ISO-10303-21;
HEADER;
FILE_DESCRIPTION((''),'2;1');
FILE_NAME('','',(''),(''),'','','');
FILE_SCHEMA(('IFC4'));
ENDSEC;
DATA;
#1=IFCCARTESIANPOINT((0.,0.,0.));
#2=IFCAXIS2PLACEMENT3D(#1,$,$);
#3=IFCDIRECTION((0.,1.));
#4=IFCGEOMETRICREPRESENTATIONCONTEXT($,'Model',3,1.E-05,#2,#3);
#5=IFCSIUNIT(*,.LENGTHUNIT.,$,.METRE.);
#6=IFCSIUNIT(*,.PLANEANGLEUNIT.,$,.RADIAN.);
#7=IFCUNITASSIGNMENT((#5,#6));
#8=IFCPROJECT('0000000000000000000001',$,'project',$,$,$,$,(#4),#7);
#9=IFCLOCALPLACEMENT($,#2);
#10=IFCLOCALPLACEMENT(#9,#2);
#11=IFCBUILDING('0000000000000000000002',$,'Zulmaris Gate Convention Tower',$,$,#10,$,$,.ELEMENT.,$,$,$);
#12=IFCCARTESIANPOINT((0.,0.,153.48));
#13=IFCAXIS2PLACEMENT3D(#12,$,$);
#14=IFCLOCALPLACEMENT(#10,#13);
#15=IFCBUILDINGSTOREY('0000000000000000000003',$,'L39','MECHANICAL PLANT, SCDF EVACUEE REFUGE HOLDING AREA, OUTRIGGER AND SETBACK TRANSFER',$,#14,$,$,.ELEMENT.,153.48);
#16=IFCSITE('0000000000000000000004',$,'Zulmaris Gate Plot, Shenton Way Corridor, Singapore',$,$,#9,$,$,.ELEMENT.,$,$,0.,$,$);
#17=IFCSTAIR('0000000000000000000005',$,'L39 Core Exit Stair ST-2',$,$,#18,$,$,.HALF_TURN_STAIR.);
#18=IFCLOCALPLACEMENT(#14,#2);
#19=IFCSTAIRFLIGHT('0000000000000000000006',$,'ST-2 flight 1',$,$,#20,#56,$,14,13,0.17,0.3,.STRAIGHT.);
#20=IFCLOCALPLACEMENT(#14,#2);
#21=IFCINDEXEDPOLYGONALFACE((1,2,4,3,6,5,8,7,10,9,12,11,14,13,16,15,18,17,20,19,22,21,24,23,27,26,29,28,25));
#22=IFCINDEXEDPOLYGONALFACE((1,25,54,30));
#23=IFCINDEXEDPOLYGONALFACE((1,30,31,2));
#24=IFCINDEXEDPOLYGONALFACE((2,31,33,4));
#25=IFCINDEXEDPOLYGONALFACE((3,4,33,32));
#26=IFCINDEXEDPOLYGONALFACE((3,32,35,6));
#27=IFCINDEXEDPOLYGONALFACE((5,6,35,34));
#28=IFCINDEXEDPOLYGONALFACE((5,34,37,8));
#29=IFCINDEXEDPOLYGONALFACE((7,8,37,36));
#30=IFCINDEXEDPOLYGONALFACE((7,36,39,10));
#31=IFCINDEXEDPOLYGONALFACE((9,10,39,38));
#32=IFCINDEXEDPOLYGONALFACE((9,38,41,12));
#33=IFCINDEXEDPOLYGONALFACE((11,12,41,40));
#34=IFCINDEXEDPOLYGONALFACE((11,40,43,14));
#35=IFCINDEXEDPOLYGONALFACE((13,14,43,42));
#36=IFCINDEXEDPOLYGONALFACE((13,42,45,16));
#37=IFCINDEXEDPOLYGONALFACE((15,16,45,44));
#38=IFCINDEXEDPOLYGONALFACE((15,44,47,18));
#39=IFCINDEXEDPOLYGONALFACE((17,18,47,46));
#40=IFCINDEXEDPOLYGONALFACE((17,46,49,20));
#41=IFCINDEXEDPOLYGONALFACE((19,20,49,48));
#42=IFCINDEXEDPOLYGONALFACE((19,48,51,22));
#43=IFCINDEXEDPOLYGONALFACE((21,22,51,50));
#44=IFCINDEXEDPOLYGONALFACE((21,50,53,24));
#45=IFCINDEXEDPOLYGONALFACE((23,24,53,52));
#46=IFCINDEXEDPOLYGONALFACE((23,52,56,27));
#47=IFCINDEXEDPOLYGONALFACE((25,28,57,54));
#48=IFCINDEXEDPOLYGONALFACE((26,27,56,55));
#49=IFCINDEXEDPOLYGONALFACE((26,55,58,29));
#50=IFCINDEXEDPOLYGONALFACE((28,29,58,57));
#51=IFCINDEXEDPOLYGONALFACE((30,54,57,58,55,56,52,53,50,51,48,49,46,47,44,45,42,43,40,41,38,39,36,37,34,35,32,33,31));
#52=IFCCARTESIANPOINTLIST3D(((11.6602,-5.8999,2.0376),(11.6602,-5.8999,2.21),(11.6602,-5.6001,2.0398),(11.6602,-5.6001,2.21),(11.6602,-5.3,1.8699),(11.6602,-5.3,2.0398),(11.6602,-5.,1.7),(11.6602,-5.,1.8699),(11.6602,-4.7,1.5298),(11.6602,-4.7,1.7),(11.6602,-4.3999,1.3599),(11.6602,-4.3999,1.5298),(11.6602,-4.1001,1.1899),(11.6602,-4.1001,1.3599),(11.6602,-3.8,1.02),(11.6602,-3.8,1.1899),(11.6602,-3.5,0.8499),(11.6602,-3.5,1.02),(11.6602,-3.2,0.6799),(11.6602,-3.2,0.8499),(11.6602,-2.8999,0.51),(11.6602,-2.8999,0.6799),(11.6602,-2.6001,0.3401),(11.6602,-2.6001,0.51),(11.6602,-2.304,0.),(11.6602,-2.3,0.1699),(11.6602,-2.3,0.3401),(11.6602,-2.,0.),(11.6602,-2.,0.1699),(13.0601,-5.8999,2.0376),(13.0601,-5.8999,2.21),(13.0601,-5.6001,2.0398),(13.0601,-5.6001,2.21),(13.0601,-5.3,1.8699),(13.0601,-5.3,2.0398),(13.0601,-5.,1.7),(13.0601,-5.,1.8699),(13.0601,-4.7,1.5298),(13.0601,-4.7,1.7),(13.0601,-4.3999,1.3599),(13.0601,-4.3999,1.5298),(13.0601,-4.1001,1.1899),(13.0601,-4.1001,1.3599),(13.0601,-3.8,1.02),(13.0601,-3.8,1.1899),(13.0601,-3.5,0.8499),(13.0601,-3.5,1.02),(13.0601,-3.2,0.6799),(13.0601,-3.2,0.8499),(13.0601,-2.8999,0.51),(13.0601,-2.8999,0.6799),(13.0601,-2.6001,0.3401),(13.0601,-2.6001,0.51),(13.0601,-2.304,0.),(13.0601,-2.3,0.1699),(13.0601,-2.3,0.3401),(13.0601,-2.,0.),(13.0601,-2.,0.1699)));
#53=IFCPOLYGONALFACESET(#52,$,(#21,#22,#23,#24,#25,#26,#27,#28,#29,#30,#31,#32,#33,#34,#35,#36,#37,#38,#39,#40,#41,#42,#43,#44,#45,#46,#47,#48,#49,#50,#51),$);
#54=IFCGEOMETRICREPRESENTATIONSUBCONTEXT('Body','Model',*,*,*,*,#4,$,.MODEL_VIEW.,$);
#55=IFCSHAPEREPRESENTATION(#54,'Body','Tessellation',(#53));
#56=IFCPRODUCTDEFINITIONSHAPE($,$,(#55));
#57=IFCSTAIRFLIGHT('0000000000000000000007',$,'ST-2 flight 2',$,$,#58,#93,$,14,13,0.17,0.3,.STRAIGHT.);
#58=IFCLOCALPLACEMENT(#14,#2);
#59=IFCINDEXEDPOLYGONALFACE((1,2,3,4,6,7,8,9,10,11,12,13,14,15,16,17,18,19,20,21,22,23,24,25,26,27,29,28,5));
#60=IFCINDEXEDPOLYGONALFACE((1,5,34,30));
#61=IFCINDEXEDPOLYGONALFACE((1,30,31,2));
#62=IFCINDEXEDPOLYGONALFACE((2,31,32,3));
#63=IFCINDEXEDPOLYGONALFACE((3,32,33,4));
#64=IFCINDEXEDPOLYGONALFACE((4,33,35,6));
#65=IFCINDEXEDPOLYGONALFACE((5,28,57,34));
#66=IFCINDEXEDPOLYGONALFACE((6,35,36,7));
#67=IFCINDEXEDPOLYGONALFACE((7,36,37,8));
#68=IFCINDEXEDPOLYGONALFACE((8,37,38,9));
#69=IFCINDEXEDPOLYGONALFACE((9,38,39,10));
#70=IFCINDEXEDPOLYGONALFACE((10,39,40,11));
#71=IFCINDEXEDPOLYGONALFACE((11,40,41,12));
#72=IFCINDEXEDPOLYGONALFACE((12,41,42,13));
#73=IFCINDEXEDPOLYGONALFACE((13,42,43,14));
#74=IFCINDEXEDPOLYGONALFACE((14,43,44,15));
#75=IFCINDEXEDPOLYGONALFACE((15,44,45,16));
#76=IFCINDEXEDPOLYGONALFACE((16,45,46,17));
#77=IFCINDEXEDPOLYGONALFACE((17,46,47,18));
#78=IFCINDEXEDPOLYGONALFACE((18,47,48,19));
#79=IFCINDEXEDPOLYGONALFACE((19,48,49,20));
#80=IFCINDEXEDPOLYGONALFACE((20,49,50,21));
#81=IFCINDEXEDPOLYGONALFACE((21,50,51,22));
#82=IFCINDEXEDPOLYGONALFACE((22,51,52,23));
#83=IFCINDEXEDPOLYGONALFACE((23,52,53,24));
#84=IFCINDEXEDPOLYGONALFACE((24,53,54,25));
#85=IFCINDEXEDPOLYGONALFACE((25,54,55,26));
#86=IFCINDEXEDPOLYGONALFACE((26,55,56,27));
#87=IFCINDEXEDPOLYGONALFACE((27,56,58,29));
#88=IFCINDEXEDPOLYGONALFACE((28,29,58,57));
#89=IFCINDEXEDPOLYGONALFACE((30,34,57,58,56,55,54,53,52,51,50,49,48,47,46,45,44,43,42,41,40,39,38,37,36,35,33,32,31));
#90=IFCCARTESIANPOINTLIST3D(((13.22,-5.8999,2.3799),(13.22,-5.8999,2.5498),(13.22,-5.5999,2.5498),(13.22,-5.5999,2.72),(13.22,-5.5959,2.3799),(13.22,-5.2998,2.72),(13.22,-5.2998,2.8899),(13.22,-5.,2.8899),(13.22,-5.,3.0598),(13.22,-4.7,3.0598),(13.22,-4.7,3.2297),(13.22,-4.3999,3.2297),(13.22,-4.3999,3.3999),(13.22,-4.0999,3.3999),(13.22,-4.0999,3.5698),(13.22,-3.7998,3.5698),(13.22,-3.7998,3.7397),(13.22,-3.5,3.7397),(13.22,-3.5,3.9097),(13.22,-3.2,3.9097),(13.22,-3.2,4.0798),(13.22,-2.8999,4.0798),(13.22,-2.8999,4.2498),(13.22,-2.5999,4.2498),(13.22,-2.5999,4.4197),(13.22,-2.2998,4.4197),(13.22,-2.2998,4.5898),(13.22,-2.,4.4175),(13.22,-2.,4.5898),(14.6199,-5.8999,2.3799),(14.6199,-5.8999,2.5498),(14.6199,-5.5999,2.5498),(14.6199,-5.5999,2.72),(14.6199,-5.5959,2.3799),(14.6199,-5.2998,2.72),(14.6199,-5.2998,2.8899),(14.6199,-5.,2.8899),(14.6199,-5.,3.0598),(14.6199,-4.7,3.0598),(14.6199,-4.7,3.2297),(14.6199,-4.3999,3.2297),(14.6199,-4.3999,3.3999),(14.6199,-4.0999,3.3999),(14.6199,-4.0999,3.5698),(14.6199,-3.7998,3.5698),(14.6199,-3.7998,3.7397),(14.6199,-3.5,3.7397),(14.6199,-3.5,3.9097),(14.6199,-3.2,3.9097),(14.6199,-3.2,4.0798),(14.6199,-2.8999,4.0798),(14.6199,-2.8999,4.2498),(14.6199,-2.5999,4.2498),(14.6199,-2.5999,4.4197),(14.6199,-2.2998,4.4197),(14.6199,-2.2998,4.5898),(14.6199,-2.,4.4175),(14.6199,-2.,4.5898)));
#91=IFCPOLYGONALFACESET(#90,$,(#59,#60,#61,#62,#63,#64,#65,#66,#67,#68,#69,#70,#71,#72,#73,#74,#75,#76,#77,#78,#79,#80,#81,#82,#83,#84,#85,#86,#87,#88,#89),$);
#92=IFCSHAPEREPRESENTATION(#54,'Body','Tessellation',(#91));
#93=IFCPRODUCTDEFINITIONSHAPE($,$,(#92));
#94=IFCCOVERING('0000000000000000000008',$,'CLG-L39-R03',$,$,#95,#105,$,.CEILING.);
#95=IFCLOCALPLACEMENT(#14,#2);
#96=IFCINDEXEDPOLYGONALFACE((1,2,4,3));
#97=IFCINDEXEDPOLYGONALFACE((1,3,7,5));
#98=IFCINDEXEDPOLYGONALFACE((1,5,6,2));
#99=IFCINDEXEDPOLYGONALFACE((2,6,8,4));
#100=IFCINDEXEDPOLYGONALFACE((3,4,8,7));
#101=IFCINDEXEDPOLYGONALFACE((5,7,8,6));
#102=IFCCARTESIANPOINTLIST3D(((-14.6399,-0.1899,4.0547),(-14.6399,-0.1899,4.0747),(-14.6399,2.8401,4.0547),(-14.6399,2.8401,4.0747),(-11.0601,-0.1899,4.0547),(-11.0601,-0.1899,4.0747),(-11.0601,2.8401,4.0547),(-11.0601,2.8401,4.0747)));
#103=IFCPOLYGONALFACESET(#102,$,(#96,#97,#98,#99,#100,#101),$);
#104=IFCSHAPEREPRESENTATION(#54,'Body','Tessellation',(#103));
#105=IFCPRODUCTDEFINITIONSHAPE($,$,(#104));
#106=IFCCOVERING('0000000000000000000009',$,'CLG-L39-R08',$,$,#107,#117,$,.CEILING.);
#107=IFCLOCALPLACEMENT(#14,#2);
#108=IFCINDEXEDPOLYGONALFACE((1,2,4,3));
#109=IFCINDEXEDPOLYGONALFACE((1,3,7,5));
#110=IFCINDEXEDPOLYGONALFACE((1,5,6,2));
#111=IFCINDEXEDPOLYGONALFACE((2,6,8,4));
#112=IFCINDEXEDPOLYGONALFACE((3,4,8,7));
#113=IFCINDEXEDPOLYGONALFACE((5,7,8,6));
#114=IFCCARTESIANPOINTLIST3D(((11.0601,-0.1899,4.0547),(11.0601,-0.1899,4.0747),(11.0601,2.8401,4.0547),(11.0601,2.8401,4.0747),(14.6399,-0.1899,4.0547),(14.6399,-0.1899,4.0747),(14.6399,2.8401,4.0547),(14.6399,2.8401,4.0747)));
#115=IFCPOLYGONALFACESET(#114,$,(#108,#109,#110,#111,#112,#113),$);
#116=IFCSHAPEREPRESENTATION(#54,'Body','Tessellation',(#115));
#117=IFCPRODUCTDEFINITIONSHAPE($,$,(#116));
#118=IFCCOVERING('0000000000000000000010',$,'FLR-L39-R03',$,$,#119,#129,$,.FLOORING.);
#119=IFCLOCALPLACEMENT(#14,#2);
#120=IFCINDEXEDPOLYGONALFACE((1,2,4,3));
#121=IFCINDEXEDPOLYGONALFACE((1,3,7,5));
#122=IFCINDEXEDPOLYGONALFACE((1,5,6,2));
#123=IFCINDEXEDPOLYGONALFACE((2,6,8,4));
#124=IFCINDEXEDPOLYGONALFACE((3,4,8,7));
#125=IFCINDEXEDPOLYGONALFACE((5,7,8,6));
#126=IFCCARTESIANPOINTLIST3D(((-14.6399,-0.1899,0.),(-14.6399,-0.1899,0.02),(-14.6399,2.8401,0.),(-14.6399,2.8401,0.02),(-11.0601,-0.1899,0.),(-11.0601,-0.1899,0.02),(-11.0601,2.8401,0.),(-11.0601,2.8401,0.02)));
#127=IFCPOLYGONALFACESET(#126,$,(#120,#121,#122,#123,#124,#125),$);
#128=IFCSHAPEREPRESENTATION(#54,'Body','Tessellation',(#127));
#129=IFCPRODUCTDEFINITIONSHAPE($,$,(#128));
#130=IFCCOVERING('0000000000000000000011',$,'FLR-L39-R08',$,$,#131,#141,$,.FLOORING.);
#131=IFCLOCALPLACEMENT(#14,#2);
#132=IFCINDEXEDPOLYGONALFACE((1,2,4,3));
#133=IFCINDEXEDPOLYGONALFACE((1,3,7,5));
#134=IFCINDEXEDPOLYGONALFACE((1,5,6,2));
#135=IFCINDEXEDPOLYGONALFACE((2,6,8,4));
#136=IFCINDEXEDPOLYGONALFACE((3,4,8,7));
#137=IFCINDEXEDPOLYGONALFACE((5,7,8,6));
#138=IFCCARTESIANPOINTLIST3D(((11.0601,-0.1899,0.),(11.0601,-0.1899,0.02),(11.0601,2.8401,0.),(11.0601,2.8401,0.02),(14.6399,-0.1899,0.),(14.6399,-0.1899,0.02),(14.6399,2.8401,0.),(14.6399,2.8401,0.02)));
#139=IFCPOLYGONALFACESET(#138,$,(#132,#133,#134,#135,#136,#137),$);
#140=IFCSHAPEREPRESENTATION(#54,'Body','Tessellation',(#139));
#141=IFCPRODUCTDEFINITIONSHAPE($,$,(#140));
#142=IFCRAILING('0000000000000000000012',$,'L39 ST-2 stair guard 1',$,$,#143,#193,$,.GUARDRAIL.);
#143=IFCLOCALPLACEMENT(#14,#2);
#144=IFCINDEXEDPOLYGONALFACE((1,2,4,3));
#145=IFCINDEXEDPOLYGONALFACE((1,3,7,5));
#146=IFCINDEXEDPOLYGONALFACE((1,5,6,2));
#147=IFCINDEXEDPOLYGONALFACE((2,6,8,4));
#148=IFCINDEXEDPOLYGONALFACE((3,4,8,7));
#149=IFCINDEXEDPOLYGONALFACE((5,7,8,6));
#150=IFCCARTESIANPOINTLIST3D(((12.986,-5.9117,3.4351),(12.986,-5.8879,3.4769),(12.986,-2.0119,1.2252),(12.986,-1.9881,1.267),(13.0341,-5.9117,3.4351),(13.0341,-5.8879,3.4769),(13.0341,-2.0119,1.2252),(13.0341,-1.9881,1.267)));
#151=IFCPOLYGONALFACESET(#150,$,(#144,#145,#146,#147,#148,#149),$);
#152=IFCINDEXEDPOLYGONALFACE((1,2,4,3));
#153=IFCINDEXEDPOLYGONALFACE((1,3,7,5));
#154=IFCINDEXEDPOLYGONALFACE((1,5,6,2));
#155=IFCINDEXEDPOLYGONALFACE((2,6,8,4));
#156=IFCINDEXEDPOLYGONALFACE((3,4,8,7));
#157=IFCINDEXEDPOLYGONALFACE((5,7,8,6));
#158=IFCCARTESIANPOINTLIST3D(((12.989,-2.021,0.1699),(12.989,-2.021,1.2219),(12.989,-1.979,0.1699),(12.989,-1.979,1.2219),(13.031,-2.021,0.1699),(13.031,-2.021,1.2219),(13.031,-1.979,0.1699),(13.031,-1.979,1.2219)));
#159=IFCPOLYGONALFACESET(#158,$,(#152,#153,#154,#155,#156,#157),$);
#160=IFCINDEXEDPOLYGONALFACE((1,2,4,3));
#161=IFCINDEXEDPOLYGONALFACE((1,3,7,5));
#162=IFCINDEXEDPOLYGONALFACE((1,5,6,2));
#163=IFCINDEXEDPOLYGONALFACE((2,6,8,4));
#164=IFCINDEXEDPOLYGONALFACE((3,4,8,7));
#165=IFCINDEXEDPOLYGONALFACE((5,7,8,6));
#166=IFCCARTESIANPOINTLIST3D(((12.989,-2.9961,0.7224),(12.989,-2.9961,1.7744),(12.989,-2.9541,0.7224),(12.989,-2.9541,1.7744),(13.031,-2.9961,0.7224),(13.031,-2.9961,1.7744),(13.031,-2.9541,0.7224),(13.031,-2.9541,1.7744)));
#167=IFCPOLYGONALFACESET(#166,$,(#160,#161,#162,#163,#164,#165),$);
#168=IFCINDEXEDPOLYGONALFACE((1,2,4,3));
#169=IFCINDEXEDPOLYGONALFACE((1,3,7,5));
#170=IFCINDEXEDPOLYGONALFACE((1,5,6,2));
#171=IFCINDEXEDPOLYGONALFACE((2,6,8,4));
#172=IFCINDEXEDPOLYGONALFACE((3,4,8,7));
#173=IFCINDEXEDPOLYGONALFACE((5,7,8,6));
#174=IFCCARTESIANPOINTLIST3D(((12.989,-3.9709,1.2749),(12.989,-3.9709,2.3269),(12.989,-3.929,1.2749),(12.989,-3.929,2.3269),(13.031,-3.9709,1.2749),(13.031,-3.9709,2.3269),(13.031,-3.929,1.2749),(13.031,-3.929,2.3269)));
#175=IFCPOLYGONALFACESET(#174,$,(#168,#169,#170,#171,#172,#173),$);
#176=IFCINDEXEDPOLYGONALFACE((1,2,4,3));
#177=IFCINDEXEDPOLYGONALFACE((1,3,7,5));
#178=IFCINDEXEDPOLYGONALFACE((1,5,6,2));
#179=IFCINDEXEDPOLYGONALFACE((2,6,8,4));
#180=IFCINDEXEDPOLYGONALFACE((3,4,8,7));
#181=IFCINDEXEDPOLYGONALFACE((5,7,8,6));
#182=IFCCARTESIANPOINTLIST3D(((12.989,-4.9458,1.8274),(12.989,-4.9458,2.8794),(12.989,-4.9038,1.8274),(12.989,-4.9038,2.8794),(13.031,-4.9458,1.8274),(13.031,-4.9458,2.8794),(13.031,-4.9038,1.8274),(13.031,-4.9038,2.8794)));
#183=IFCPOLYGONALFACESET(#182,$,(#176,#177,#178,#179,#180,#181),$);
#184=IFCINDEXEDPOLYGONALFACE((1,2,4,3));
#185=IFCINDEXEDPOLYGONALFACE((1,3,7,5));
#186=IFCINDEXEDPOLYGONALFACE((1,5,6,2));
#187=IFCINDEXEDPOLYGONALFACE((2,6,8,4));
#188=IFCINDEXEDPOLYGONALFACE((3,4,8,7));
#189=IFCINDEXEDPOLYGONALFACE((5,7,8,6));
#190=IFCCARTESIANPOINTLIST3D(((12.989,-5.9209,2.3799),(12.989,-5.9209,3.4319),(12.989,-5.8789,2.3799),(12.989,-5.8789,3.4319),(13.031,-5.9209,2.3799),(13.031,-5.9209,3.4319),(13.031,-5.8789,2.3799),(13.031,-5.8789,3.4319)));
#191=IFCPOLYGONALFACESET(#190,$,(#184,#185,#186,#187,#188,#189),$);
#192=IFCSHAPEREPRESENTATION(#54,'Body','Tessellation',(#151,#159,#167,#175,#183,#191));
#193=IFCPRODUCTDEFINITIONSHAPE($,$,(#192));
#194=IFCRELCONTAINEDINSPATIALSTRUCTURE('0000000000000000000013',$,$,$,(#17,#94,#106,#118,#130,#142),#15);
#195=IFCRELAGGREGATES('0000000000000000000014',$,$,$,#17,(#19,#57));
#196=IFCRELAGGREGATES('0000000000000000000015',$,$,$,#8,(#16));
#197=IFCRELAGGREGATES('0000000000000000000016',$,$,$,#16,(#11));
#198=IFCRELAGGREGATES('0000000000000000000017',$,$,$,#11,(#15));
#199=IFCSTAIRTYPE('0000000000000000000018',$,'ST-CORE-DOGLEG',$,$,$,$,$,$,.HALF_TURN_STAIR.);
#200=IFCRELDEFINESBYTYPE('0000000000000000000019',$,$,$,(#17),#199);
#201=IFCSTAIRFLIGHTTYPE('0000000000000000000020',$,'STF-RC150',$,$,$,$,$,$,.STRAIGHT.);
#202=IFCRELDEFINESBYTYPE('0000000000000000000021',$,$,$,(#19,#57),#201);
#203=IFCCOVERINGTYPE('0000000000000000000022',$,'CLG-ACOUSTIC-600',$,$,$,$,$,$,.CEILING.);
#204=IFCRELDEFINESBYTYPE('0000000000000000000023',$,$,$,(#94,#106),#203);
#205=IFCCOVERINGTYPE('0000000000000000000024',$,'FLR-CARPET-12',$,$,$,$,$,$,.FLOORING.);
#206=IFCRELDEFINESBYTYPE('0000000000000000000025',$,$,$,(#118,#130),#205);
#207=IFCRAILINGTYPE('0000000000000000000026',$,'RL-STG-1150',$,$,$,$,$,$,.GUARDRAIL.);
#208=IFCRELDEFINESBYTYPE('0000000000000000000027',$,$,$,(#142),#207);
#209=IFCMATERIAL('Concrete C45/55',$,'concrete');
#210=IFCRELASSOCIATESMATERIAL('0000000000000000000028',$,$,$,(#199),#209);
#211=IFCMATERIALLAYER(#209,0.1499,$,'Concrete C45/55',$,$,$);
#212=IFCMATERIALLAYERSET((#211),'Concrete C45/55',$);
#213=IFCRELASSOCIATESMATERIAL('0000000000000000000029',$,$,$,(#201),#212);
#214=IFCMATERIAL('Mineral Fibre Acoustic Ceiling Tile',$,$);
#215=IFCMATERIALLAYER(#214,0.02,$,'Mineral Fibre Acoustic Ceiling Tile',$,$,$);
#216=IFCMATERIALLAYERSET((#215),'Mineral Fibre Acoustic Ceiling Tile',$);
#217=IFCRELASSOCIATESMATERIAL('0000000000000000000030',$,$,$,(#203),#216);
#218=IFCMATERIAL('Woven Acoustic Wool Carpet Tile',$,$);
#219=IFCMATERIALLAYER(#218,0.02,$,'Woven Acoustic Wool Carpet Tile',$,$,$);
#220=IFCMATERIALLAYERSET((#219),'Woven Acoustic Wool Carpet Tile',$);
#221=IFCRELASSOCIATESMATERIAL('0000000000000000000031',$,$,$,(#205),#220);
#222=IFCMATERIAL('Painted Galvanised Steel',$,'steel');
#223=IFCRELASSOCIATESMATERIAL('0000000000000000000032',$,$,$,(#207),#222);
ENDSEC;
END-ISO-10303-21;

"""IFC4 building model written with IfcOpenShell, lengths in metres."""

from ifc_helpers import new_model, si_unit, direction, frame, origin, origin_2d, place, context, subcontext, project, spatial, polyline, rectangle, outline, extrude, material, layer, layer_set, type_object, element, aggregate, save


model = new_model("IFC4")

# Units and contexts
model_context = context("Model", 3, precision=1e-05, world=origin(), true_north=direction((0.0, 1.0)))
body_context = subcontext(model_context, "Body", "Model", "MODEL_VIEW")
ifc_project = project(units=[si_unit("LENGTHUNIT", "METRE"), si_unit("PLANEANGLEUNIT", "RADIAN")], contexts=[model_context])

# Site, building, storey
site_placement = place(None, origin())
site = spatial("IfcSite", under=ifc_project, at=site_placement, Name="Zulmaris Gate Plot, Shenton Way Corridor, Singapore", CompositionType="ELEMENT", RefElevation=0.0)
building_placement = place(site_placement, origin())
building = spatial("IfcBuilding", under=site, at=building_placement, Name="Zulmaris Gate Convention Tower", CompositionType="ELEMENT")
storey_placement = place(building_placement, frame((0.0, 0.0, 153.48)))
storey = spatial("IfcBuildingStorey", under=building, at=storey_placement, Name="L39", Description="MECHANICAL PLANT, SCDF EVACUEE REFUGE HOLDING AREA, OUTRIGGER AND SETBACK TRANSFER", CompositionType="ELEMENT", Elevation=153.48)

# Stair
ifc_material_1 = material(Name="Concrete C45/55", Category="concrete")
stair_type = type_object("IfcStairType", Name="ST-CORE-DOGLEG", PredefinedType="HALF_TURN_STAIR", material=ifc_material_1)
stair_1_placement = place(storey_placement, origin())
stair_1 = element("IfcStair", 1, at=stair_1_placement, inside=storey, type_object=stair_type, Name="L39 Core Exit Stair ST-2", PredefinedType="HALF_TURN_STAIR")

# Stair flights
ifc_layer_1 = layer(ifc_material_1, 0.1499, Name="Concrete C45/55")
ifc_layer_set_1 = layer_set([ifc_layer_1], Name="Concrete C45/55")
stair_flight_type = type_object("IfcStairFlightType", Name="STF-RC150", PredefinedType="STRAIGHT", material=ifc_layer_set_1)
stair_flight_1_placement = place(storey_placement, frame((12.3601, -2.0, 0.0), z_axis=(0.0, 0.0, 1.0), x_axis=(0.0, -1.0, 0.0)))
stair_flight_1 = element("IfcStairFlight", 2, at=stair_flight_1_placement, type_object=stair_flight_type, Name="ST-2 flight 1", NumberOfRisers=14, NumberOfTreads=13, PredefinedType="STRAIGHT", RiserHeight=0.17, TreadLength=0.3, context=body_context, shape_type="SweptSolid", body=[
    extrude(outline(polyline([(0.0, 0.0), (0.0, 0.1699), (0.3, 0.1699), (0.3, 0.3401), (0.6001, 0.3401), (0.6001, 0.51), (0.8999, 0.51), (0.8999, 0.6799), (1.2, 0.6799), (1.2, 0.8499), (1.5, 0.8499), (1.5, 1.02), (1.8, 1.02), (1.8, 1.1899), (2.1001, 1.1899), (2.1001, 1.3599), (2.3999, 1.3599), (2.3999, 1.5298), (2.7, 1.5298), (2.7, 1.7), (3.0, 1.7), (3.0, 1.8699), (3.3, 1.8699), (3.3, 2.0398), (3.6001, 2.0398), (3.6001, 2.21), (3.8999, 2.21), (3.8999, 2.3799), (3.8999, 2.0376), (0.304, 0.0), (0.0, 0.0)])), frame((0.0, 0.7, 0.0), z_axis=(0.0, -1.0, 0.0), x_axis=(1.0, 0.0, 0.0)), (0.0, 0.0, 1.0), 1.3999),
])
stair_flight_2_placement = place(storey_placement, frame((13.9199, -5.8999, 2.3799), z_axis=(0.0, 0.0, 1.0), x_axis=(0.0, 1.0, 0.0)))
stair_flight_2 = element("IfcStairFlight", 3, at=stair_flight_2_placement, type_object=stair_flight_type, Name="ST-2 flight 2", NumberOfRisers=14, NumberOfTreads=13, PredefinedType="STRAIGHT", RiserHeight=0.17, TreadLength=0.3, context=body_context, shape_type="SweptSolid", body=[
    extrude(outline(polyline([(0.0, 0.0), (0.0, 0.1699), (0.3, 0.1699), (0.3, 0.3401), (0.6001, 0.3401), (0.6001, 0.51), (0.8999, 0.51), (0.8999, 0.6799), (1.2, 0.6799), (1.2, 0.8499), (1.5, 0.8499), (1.5, 1.02), (1.8, 1.02), (1.8, 1.1899), (2.1001, 1.1899), (2.1001, 1.3599), (2.3999, 1.3599), (2.3999, 1.5298), (2.7, 1.5298), (2.7, 1.7), (3.0, 1.7), (3.0, 1.8699), (3.3, 1.8699), (3.3, 2.0398), (3.6001, 2.0398), (3.6001, 2.21), (3.8999, 2.21), (3.8999, 2.3799), (3.8999, 2.0376), (0.304, 0.0), (0.0, 0.0)])), frame((0.0, 0.7, 0.0), z_axis=(0.0, -1.0, 0.0), x_axis=(1.0, 0.0, 0.0)), (0.0, 0.0, 1.0), 1.3999),
])
aggregate(stair_1, [stair_flight_1, stair_flight_2])

# Coverings
ifc_material_2 = material(Name="Mineral Fibre Acoustic Ceiling Tile")
ifc_layer_2 = layer(ifc_material_2, 0.02, Name="Mineral Fibre Acoustic Ceiling Tile")
ifc_layer_set_2 = layer_set([ifc_layer_2], Name="Mineral Fibre Acoustic Ceiling Tile")
covering_type_1 = type_object("IfcCoveringType", Name="CLG-ACOUSTIC-600", PredefinedType="CEILING", material=ifc_layer_set_2)
covering_1_placement = place(storey_placement, frame((0.0, 0.0, 4.0547)))
element("IfcCovering", 4, at=covering_1_placement, inside=storey, type_object=covering_type_1, Name="CLG-L39-R03", PredefinedType="CEILING", context=body_context, shape_type="SweptSolid", body=[
    extrude(outline(polyline([(-14.6399, -0.1899), (-11.0601, -0.1899), (-11.0601, 2.8401), (-14.6399, 2.8401), (-14.6399, -0.1899)])), origin(), (0.0, 0.0, 1.0), 0.02),
])
covering_2_placement = place(storey_placement, frame((0.0, 0.0, 4.0547)))
element("IfcCovering", 5, at=covering_2_placement, inside=storey, type_object=covering_type_1, Name="CLG-L39-R08", PredefinedType="CEILING", context=body_context, shape_type="SweptSolid", body=[
    extrude(outline(polyline([(11.0601, -0.1899), (14.6399, -0.1899), (14.6399, 2.8401), (11.0601, 2.8401), (11.0601, -0.1899)])), origin(), (0.0, 0.0, 1.0), 0.02),
])
ifc_material_3 = material(Name="Woven Acoustic Wool Carpet Tile")
ifc_layer_3 = layer(ifc_material_3, 0.02, Name="Woven Acoustic Wool Carpet Tile")
ifc_layer_set_3 = layer_set([ifc_layer_3], Name="Woven Acoustic Wool Carpet Tile")
covering_type_2 = type_object("IfcCoveringType", Name="FLR-CARPET-12", PredefinedType="FLOORING", material=ifc_layer_set_3)
covering_3_placement = place(storey_placement, origin())
element("IfcCovering", 6, at=covering_3_placement, inside=storey, type_object=covering_type_2, Name="FLR-L39-R03", PredefinedType="FLOORING", context=body_context, shape_type="SweptSolid", body=[
    extrude(outline(polyline([(-14.6399, -0.1899), (-11.0601, -0.1899), (-11.0601, 2.8401), (-14.6399, 2.8401), (-14.6399, -0.1899)])), origin(), (0.0, 0.0, 1.0), 0.02),
])
covering_4_placement = place(storey_placement, origin())
element("IfcCovering", 7, at=covering_4_placement, inside=storey, type_object=covering_type_2, Name="FLR-L39-R08", PredefinedType="FLOORING", context=body_context, shape_type="SweptSolid", body=[
    extrude(outline(polyline([(11.0601, -0.1899), (14.6399, -0.1899), (14.6399, 2.8401), (11.0601, 2.8401), (11.0601, -0.1899)])), origin(), (0.0, 0.0, 1.0), 0.02),
])

# Railing
ifc_material_4 = material(Name="Painted Galvanised Steel", Category="steel")
railing_type_1 = type_object("IfcRailingType", Name="RL-STG-1150", PredefinedType="GUARDRAIL", material=ifc_material_4)
railing_1_placement = place(storey_placement, frame((13.01, -2.0, 0.1699)))
element("IfcRailing", 8, at=railing_1_placement, inside=storey, type_object=railing_type_1, Name="L39 ST-2 stair guard 1", PredefinedType="GUARDRAIL", context=body_context, shape_type="SweptSolid", body=[
    extrude(rectangle(XDim=0.0481, YDim=0.0481, at=origin_2d()), frame((0.0, 0.0, 1.0762), z_axis=(0.0, -0.870021, 0.493015), x_axis=(1.0, 0.0, 0.0)), (0.0, 0.0, 1.0), 4.4824),
    extrude(rectangle(XDim=0.042, YDim=0.042, at=origin_2d()), origin(), (0.0, 0.0, 1.0), 1.052),
    extrude(rectangle(XDim=0.042, YDim=0.042, at=origin_2d()), frame((0.0, -0.9751, 0.5525)), (0.0, 0.0, 1.0), 1.052),
    extrude(rectangle(XDim=0.042, YDim=0.042, at=origin_2d()), frame((0.0, -1.95, 1.105)), (0.0, 0.0, 1.0), 1.052),
    extrude(rectangle(XDim=0.042, YDim=0.042, at=origin_2d()), frame((0.0, -2.9248, 1.6575)), (0.0, 0.0, 1.0), 1.052),
    extrude(rectangle(XDim=0.042, YDim=0.042, at=origin_2d()), frame((0.0, -3.8999, 2.21)), (0.0, 0.0, 1.0), 1.052),
])

save(model, "model.ifc")
